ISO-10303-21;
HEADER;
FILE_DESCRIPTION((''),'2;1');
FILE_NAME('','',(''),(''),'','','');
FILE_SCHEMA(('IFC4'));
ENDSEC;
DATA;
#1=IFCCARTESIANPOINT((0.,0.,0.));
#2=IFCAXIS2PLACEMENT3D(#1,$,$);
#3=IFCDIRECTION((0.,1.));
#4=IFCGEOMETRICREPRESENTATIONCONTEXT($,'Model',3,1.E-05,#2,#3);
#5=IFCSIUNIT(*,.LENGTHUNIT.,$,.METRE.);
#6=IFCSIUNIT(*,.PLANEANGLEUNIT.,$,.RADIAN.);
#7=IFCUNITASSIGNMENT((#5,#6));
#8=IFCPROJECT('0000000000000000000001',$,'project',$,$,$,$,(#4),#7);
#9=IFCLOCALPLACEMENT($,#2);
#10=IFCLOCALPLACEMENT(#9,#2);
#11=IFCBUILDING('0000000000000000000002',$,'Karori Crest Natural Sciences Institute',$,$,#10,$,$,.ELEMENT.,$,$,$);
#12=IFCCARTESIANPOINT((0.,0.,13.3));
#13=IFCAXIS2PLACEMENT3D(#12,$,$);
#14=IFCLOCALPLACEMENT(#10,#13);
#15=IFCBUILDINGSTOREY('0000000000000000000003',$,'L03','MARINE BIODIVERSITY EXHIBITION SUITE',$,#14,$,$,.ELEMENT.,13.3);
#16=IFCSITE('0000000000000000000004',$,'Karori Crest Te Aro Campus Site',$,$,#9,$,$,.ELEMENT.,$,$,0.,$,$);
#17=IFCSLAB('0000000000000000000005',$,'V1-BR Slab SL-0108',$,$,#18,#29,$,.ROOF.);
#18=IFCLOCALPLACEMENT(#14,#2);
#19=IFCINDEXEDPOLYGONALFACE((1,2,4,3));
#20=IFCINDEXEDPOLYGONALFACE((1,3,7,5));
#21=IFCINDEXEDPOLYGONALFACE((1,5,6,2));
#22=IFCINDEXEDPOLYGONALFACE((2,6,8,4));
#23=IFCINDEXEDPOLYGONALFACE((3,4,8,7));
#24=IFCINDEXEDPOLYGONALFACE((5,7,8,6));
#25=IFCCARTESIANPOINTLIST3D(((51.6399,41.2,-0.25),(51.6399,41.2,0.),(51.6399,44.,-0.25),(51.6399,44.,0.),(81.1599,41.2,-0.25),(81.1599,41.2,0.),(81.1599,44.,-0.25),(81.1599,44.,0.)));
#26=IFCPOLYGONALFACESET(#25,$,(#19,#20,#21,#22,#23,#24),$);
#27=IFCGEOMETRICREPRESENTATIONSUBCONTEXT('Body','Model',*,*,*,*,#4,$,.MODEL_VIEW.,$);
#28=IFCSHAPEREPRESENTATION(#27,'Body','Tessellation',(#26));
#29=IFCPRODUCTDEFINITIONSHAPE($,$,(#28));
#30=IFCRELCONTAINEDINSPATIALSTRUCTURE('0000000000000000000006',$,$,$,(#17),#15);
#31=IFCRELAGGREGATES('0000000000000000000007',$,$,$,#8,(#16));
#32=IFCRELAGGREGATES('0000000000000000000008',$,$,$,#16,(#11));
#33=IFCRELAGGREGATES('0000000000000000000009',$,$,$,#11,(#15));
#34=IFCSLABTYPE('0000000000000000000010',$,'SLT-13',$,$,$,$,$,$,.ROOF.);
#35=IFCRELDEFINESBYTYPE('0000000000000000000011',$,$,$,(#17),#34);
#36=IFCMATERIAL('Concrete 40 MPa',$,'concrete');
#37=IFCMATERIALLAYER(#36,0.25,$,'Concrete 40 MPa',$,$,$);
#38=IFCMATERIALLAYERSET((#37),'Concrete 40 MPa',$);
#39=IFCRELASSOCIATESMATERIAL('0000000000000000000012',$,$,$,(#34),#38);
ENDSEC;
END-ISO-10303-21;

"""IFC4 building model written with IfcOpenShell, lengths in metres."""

from ifc_helpers import new_model, si_unit, direction, frame, origin, place, context, subcontext, project, spatial, polyline, outline, extrude, material, layer, layer_set, type_object, element, save


model = new_model("IFC4")

# Units and contexts
model_context = context("Model", 3, precision=1e-05, world=origin(), true_north=direction((0.0, 1.0)))
body_context = subcontext(model_context, "Body", "Model", "MODEL_VIEW")
ifc_project = project(units=[si_unit("LENGTHUNIT", "METRE"), si_unit("PLANEANGLEUNIT", "RADIAN")], contexts=[model_context])

# Site, building, storey
site_placement = place(None, origin())
site = spatial("IfcSite", under=ifc_project, at=site_placement, Name="Karori Crest Te Aro Campus Site", CompositionType="ELEMENT", RefElevation=0.0)
building_placement = place(site_placement, origin())
building = spatial("IfcBuilding", under=site, at=building_placement, Name="Karori Crest Natural Sciences Institute", CompositionType="ELEMENT")
storey_placement = place(building_placement, frame((0.0, 0.0, 13.3)))
storey = spatial("IfcBuildingStorey", under=building, at=storey_placement, Name="L03", Description="MARINE BIODIVERSITY EXHIBITION SUITE", CompositionType="ELEMENT", Elevation=13.3)

# Shared definitions
ifc_material_1 = material(Name="Concrete 40 MPa", Category="concrete")

# Slab
ifc_layer_1 = layer(ifc_material_1, 0.25, Name="Concrete 40 MPa")
ifc_layer_set_1 = layer_set([ifc_layer_1], Name="Concrete 40 MPa")
slab_type_1 = type_object("IfcSlabType", Name="SLT-13", PredefinedType="ROOF", material=ifc_layer_set_1)
slab_1_placement = place(storey_placement, frame((0.0, 0.0, -0.25)))
element("IfcSlab", 1, at=slab_1_placement, inside=storey, type_object=slab_type_1, Name="V1-BR Slab SL-0108", PredefinedType="ROOF", context=body_context, shape_type="SweptSolid", body=[
    extrude(outline(polyline([(51.6399, 41.2), (81.1599, 41.2), (81.1599, 44.0), (51.6399, 44.0), (51.6399, 41.2)])), origin(), (0.0, 0.0, 1.0), 0.25),
])

save(model, "model.ifc")
